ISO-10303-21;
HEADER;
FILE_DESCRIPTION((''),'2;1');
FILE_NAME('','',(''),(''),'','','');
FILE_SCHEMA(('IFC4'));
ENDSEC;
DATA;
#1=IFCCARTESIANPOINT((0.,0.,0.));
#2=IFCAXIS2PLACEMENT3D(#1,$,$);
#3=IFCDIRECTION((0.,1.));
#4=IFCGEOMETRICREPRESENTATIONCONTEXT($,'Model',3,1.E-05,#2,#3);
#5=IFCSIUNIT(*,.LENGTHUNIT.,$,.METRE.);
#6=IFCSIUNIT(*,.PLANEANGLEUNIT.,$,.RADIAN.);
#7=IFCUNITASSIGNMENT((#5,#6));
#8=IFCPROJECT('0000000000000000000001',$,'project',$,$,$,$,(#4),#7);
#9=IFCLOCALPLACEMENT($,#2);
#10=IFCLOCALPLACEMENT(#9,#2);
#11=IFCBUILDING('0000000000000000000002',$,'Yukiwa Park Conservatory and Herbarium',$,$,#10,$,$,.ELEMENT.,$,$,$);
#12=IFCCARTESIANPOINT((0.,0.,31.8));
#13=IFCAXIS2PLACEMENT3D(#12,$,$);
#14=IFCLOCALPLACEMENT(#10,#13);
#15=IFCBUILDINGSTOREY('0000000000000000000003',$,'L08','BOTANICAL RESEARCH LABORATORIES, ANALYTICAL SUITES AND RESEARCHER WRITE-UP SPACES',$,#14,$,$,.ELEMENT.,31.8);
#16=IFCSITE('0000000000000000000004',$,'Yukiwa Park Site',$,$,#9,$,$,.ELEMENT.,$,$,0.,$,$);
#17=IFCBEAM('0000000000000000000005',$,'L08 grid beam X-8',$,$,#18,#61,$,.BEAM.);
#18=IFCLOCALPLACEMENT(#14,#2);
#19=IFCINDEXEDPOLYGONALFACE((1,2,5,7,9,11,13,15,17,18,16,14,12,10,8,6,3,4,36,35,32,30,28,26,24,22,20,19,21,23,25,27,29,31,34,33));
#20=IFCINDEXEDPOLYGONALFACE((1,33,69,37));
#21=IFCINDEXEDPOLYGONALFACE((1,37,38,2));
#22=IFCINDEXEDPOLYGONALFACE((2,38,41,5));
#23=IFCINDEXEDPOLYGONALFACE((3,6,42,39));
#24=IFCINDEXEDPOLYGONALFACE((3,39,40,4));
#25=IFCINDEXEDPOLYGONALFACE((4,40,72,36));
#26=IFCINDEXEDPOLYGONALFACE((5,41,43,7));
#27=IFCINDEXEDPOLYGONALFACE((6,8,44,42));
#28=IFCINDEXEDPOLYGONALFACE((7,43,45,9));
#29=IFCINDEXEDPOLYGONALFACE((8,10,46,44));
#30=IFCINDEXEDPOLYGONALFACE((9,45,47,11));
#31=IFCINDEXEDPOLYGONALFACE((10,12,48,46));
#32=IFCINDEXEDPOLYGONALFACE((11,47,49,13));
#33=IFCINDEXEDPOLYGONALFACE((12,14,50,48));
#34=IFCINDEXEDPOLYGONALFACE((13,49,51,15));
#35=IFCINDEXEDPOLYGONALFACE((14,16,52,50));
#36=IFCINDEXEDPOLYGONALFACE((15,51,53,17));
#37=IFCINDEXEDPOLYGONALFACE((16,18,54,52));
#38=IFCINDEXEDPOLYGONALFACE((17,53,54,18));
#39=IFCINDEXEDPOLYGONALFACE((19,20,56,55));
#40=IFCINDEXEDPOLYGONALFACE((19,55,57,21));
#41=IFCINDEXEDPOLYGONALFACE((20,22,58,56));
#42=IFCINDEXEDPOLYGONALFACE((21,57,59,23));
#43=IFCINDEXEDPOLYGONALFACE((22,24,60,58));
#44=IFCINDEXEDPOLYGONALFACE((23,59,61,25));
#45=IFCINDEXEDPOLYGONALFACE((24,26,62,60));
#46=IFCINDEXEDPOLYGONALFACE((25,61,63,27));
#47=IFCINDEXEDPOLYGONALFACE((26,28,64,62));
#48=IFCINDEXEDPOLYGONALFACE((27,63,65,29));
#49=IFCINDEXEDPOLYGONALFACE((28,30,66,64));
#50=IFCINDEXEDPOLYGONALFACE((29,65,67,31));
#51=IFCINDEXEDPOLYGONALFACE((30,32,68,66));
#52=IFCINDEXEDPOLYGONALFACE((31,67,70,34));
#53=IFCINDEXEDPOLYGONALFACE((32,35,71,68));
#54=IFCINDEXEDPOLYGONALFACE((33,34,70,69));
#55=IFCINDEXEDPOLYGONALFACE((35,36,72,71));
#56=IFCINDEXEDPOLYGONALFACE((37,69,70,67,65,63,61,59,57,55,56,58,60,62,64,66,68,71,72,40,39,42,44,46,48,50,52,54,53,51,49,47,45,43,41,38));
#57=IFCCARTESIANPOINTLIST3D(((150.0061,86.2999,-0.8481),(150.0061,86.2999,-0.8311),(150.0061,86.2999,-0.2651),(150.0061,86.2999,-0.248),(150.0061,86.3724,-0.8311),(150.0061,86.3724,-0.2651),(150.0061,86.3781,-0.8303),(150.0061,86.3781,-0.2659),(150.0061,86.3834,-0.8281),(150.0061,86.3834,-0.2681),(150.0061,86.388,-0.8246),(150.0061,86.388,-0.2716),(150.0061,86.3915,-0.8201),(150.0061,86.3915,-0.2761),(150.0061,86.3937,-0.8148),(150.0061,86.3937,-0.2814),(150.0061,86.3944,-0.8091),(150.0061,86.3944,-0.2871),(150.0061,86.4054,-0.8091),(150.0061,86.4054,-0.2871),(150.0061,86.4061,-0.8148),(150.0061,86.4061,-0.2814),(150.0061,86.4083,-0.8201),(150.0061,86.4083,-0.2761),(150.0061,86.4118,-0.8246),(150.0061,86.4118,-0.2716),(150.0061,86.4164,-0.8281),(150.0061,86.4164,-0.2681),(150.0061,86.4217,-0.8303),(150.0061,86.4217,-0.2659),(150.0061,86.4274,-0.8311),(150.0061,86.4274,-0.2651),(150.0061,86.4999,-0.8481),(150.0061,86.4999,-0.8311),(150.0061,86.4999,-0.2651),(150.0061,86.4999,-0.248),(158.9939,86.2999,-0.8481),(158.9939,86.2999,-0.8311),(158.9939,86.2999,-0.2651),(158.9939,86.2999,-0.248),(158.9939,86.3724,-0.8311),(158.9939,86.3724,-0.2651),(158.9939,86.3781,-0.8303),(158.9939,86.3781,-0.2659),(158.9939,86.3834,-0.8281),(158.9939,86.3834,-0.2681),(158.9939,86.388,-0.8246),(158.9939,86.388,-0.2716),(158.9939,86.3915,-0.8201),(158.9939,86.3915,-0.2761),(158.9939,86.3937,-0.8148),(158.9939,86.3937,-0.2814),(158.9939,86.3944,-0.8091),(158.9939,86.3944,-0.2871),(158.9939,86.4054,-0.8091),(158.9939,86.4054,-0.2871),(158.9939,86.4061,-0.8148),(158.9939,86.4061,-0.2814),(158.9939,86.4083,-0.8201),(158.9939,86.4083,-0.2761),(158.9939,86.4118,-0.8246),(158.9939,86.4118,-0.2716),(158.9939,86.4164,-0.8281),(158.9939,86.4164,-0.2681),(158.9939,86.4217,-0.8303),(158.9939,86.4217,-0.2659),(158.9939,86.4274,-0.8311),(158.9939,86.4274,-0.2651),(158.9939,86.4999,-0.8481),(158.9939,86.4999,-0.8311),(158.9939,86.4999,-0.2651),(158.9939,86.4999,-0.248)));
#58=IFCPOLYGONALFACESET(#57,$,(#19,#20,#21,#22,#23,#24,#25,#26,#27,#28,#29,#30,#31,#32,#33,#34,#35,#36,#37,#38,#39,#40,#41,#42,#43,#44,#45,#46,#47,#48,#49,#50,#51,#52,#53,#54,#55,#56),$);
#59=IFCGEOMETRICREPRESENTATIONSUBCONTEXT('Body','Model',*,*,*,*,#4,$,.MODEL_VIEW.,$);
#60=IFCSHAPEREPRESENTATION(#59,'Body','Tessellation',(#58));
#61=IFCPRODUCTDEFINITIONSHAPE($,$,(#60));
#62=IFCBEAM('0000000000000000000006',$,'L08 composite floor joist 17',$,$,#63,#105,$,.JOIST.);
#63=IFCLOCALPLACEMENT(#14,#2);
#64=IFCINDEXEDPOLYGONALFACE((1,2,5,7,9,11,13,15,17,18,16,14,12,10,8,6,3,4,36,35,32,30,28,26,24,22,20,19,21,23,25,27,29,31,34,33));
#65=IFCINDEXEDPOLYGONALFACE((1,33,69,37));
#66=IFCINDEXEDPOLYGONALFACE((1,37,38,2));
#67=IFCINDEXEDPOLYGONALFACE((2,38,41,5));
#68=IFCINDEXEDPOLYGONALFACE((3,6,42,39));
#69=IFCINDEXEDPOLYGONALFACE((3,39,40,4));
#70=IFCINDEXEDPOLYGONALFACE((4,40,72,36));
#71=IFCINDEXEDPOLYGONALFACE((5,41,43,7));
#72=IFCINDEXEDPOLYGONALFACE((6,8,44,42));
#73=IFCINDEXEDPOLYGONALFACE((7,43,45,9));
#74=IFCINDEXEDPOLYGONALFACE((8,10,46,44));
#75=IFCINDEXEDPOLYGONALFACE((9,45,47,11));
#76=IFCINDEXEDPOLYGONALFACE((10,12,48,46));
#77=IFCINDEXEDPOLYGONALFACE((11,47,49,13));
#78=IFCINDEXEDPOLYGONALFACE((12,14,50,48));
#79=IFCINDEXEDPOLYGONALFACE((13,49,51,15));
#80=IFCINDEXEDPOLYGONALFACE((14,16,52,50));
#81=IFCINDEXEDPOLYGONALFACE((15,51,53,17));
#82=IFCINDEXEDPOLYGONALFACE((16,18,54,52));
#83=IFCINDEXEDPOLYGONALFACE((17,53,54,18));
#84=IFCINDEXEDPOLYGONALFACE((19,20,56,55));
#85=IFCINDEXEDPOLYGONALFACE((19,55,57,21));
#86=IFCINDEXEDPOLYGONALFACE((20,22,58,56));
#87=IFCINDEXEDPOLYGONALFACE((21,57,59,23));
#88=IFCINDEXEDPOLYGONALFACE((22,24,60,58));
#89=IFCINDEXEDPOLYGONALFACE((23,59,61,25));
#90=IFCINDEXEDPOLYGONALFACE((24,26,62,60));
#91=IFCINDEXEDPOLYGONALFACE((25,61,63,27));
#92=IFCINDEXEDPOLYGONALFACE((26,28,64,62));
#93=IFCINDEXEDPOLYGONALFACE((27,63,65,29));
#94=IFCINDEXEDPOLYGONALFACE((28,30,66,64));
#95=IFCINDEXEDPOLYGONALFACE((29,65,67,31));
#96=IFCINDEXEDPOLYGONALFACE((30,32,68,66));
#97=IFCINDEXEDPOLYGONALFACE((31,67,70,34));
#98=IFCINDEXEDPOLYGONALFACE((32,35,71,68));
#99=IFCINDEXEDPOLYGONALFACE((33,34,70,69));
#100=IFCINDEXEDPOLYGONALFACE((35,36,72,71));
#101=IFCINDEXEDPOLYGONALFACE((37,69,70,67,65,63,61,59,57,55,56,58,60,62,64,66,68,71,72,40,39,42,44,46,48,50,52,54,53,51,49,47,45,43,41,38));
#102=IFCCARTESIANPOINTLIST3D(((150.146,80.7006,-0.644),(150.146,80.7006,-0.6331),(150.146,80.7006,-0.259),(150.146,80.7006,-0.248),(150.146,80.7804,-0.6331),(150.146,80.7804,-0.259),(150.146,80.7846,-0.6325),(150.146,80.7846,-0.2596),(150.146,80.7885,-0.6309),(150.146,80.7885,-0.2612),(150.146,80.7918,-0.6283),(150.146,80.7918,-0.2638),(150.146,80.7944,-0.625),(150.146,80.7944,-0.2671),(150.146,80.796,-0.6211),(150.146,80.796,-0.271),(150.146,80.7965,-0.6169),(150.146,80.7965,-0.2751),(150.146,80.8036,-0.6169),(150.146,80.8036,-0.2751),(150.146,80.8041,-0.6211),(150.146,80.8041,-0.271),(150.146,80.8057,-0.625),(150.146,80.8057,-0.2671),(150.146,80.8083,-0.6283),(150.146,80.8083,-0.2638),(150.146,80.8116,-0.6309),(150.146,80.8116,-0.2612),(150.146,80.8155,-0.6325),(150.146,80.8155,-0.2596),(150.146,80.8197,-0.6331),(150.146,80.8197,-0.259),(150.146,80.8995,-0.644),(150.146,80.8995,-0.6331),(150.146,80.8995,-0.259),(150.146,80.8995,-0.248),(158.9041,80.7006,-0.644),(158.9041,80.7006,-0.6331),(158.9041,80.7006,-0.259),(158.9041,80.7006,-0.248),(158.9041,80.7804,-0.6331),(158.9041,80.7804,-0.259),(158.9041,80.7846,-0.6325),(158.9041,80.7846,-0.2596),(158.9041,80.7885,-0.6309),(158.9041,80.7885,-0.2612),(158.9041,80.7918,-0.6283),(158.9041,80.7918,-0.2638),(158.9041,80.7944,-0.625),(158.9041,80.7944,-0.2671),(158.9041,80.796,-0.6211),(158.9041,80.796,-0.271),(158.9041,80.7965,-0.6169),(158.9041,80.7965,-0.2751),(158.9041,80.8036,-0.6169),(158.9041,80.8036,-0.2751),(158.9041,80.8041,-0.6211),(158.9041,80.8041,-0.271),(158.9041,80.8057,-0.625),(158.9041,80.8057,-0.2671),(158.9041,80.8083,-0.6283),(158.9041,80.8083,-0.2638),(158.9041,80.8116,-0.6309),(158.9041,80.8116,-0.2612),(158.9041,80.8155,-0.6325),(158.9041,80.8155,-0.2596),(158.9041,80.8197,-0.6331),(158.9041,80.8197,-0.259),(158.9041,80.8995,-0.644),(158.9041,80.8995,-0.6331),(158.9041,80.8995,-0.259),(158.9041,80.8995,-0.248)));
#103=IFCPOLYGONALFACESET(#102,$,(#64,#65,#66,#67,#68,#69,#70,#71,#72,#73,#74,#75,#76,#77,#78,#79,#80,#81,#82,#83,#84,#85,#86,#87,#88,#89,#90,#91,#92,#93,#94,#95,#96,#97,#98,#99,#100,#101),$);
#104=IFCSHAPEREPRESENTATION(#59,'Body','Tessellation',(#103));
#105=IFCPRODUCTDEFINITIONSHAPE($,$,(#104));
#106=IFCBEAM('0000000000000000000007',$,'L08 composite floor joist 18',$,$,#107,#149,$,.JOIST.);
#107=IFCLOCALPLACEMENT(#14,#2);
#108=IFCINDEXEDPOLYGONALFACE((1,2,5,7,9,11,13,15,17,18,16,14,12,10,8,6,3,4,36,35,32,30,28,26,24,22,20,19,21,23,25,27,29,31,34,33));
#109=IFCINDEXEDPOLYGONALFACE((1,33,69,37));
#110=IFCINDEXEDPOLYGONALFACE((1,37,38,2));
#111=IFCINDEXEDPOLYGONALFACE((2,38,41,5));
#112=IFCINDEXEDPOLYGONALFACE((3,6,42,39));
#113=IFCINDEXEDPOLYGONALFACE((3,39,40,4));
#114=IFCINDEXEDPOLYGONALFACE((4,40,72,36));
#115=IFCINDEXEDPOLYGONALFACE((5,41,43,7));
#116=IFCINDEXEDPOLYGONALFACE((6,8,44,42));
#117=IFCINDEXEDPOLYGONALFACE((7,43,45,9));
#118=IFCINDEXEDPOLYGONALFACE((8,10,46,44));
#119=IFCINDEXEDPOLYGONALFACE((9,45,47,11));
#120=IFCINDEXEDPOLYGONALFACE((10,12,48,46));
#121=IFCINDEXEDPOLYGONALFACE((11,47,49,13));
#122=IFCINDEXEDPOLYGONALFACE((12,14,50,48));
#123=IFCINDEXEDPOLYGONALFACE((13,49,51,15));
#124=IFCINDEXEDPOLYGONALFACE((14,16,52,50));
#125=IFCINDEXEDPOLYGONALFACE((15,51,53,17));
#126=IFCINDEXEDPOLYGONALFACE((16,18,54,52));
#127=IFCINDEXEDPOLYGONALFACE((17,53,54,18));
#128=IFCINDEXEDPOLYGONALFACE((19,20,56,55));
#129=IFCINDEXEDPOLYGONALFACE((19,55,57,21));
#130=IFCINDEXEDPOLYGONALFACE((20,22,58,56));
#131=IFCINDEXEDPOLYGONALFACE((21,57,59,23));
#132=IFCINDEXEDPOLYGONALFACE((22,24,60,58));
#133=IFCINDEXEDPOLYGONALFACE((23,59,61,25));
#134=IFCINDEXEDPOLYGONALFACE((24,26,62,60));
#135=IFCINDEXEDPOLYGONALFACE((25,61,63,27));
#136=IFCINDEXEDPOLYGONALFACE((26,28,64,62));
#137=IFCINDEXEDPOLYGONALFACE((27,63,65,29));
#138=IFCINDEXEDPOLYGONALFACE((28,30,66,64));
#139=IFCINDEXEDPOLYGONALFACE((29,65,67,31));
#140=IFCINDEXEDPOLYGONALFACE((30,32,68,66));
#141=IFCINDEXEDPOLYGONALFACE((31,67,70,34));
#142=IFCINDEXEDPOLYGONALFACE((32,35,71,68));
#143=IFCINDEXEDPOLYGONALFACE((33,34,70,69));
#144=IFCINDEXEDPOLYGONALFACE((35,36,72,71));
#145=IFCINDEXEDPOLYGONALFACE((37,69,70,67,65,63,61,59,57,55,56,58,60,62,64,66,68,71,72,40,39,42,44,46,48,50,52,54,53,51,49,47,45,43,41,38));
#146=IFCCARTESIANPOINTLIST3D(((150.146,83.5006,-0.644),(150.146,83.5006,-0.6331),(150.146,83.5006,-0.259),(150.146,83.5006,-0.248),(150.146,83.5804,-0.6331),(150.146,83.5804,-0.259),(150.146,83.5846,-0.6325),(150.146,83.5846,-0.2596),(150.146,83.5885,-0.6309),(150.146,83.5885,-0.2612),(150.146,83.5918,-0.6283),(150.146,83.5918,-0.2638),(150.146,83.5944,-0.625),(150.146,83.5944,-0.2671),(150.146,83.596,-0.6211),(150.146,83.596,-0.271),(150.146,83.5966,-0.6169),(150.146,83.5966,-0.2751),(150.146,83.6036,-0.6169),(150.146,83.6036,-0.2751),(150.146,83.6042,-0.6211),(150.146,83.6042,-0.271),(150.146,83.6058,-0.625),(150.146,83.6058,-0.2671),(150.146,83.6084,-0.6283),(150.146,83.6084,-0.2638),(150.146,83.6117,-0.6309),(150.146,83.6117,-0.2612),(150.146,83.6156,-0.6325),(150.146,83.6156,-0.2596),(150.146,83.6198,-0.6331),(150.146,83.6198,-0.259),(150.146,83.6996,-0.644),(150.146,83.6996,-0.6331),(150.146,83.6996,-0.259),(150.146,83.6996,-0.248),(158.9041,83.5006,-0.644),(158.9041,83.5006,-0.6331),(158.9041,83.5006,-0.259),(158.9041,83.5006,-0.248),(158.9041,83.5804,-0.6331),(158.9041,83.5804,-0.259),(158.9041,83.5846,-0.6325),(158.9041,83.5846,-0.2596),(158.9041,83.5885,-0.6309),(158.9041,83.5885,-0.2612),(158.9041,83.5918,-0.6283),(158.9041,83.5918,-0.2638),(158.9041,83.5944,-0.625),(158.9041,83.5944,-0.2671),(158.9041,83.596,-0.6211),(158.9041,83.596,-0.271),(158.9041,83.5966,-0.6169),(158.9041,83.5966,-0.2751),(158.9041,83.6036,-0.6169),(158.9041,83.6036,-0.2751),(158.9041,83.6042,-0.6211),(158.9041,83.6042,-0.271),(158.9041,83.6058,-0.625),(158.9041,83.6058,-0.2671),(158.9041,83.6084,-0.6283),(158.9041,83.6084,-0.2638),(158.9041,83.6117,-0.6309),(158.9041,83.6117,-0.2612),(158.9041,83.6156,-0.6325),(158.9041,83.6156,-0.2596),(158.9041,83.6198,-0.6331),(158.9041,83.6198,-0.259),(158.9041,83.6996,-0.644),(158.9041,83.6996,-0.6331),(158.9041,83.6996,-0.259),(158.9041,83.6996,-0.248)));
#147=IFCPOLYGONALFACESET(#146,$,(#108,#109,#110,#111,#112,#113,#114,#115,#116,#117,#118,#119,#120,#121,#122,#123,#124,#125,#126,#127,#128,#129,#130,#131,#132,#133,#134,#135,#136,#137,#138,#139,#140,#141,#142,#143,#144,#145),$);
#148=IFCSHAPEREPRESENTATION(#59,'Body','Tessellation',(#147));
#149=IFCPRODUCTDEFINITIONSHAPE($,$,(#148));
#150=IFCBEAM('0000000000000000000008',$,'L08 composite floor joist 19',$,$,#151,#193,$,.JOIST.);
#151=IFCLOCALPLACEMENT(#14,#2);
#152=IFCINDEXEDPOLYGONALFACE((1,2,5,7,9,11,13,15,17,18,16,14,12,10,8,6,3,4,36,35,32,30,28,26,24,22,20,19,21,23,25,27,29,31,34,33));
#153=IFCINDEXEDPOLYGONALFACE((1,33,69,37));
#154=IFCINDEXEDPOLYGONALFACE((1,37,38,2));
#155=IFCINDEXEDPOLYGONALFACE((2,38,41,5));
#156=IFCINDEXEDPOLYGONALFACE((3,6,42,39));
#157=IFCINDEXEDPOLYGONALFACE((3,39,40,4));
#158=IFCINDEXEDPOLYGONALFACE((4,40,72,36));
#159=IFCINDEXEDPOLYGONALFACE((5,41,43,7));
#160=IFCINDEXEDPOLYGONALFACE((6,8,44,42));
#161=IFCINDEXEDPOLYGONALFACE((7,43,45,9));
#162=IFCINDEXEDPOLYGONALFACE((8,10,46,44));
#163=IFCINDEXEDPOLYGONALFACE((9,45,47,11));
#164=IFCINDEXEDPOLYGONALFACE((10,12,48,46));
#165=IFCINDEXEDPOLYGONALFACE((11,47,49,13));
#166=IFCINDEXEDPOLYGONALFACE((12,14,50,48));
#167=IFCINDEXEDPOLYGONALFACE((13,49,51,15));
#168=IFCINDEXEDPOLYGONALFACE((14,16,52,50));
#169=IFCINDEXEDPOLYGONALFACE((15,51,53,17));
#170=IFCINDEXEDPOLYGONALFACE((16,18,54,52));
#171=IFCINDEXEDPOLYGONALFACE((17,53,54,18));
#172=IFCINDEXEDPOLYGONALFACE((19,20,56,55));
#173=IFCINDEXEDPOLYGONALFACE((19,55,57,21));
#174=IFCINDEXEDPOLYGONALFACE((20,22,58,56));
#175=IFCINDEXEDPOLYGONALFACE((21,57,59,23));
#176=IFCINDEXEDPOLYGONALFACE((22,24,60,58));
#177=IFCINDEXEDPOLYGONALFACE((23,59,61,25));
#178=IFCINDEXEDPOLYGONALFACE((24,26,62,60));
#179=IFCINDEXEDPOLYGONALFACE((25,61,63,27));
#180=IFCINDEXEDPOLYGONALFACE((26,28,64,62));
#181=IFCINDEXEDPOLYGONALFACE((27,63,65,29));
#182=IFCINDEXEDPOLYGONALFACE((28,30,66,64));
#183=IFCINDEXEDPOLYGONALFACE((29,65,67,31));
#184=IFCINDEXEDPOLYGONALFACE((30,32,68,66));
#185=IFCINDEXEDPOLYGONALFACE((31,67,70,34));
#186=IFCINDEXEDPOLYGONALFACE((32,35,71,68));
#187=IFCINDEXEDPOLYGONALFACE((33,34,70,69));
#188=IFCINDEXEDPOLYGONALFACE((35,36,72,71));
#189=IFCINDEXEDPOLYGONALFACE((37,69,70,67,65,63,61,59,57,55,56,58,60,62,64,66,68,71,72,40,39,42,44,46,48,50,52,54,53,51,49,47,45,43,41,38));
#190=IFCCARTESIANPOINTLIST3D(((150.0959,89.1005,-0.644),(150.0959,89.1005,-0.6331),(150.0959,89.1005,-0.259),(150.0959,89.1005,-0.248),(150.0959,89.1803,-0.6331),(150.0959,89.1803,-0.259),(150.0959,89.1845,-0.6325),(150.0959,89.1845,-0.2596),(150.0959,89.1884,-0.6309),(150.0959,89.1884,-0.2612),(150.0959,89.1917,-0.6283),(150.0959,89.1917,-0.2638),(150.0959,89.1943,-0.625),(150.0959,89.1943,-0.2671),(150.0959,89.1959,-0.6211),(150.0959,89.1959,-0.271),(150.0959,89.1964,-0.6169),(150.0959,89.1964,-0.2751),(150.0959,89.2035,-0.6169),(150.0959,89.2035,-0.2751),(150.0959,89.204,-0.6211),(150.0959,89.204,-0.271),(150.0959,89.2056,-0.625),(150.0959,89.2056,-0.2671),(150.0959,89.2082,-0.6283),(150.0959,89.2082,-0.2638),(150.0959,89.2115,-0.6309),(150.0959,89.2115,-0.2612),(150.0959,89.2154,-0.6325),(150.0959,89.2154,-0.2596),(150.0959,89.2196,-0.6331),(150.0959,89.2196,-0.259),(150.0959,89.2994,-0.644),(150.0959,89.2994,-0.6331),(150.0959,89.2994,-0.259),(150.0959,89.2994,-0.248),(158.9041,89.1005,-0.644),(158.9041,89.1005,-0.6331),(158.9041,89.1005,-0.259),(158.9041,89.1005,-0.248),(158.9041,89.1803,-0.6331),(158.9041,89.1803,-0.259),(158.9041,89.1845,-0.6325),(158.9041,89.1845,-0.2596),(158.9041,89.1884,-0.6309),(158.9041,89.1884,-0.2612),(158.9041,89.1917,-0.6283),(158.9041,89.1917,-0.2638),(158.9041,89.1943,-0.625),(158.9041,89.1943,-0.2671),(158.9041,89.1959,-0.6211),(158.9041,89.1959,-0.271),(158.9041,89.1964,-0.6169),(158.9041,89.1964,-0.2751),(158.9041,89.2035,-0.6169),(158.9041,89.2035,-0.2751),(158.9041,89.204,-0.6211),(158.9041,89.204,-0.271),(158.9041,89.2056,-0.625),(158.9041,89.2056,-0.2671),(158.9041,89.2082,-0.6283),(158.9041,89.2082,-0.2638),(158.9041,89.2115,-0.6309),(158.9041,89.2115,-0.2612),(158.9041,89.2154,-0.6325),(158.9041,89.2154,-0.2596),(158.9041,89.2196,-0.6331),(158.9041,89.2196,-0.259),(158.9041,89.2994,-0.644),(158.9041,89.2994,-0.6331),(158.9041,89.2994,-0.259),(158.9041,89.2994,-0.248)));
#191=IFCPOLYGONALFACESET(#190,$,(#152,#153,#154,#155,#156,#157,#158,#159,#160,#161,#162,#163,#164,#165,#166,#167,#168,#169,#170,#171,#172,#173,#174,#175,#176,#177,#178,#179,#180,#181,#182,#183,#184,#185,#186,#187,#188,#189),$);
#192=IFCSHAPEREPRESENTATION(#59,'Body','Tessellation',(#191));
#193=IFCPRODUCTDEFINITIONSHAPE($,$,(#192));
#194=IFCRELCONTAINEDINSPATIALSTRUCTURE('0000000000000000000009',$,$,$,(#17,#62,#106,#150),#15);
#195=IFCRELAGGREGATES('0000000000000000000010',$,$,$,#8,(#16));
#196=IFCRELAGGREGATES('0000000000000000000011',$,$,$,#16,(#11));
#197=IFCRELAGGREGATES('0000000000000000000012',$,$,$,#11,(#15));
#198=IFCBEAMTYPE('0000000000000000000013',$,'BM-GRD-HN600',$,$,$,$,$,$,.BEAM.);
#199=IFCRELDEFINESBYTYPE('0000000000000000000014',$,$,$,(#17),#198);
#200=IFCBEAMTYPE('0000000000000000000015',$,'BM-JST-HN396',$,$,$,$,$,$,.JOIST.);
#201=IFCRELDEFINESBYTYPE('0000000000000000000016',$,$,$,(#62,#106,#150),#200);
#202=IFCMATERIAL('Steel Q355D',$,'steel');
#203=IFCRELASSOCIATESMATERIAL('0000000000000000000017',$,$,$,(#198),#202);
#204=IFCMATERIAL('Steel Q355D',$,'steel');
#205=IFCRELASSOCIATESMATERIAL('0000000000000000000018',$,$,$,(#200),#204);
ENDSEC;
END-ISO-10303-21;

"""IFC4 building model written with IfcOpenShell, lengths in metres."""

from ifc_helpers import new_model, si_unit, direction, frame, origin, origin_2d, place, context, subcontext, project, spatial, i_section, extrude, material, material_profile, profile_set, type_object, element, save


model = new_model("IFC4")

# Units and contexts
model_context = context("Model", 3, precision=1e-05, world=origin(), true_north=direction((0.0, 1.0)))
body_context = subcontext(model_context, "Body", "Model", "MODEL_VIEW")
ifc_project = project(units=[si_unit("LENGTHUNIT", "METRE"), si_unit("PLANEANGLEUNIT", "RADIAN")], contexts=[model_context])

# Site, building, storey
site_placement = place(None, origin())
site = spatial("IfcSite", under=ifc_project, at=site_placement, Name="Yukiwa Park Site", CompositionType="ELEMENT", RefElevation=0.0)
building_placement = place(site_placement, origin())
building = spatial("IfcBuilding", under=site, at=building_placement, Name="Yukiwa Park Conservatory and Herbarium", CompositionType="ELEMENT")
storey_placement = place(building_placement, frame((0.0, 0.0, 31.8)))
storey = spatial("IfcBuildingStorey", under=building, at=storey_placement, Name="L08", Description="BOTANICAL RESEARCH LABORATORIES, ANALYTICAL SUITES AND RESEARCHER WRITE-UP SPACES", CompositionType="ELEMENT", Elevation=31.8)

# Beams
ifc_material_1 = material(Name="Steel Q355D", Category="steel")
ifc_material_profile_1 = material_profile(ifc_material_1, i_section(OverallWidth=0.2, OverallDepth=0.6001, WebThickness=0.011, FlangeThickness=0.0171, FilletRadius=0.022, at=origin_2d()), Name="HN 600x200x11x17")
ifc_profile_set_1 = profile_set([ifc_material_profile_1], Name="Steel Q355D")
beam_type_1 = type_object("IfcBeamType", Name="BM-GRD-HN600", PredefinedType="BEAM", material=ifc_profile_set_1)
beam_1_placement = place(storey_placement, frame((150.0061, 86.3999, -0.5481), z_axis=(1.0, 0.0, 0.0), x_axis=(0.0, 1.0, 0.0)))
element("IfcBeam", 1, at=beam_1_placement, inside=storey, type_object=beam_type_1, Name="L08 grid beam X-8", PredefinedType="BEAM", context=body_context, shape_type="SweptSolid", body=[
    extrude(i_section(OverallWidth=0.2, OverallDepth=0.6001, WebThickness=0.011, FlangeThickness=0.0171, FilletRadius=0.022, at=origin_2d()), origin(), (0.0, 0.0, 1.0), 8.9878),
])
ifc_material_2 = material(Name="Steel Q355D", Category="steel")
ifc_material_profile_2 = material_profile(ifc_material_2, i_section(OverallWidth=0.199, OverallDepth=0.396, WebThickness=0.0071, FlangeThickness=0.011, FilletRadius=0.0161, at=origin_2d()), Name="HN 396x199x7x11")
ifc_profile_set_2 = profile_set([ifc_material_profile_2], Name="Steel Q355D")
beam_type_2 = type_object("IfcBeamType", Name="BM-JST-HN396", PredefinedType="JOIST", material=ifc_profile_set_2)
for number, where, z_axis, x_axis, name in (
    (2, (150.146, 80.8, -0.446), (1.0, 0.0, 0.0), (0.0, 1.0, 0.0), "L08 composite floor joist 17"),
    (3, (150.146, 83.6001, -0.446), (1.0, 0.0, 0.0), (0.0, 1.0, 0.0), "L08 composite floor joist 18"),
):
    element("IfcBeam", number, at=place(storey_placement, frame(where, z_axis=z_axis, x_axis=x_axis)), inside=storey, type_object=beam_type_2, Name=name, PredefinedType="JOIST", context=body_context, shape_type="SweptSolid", body=[
        extrude(i_section(OverallWidth=0.199, OverallDepth=0.396, WebThickness=0.0071, FlangeThickness=0.011, FilletRadius=0.0161, at=origin_2d()), origin(), (0.0, 0.0, 1.0), 8.7581),
    ])
for number, where, z_axis, x_axis, name in (
    (4, (150.0959, 89.2, -0.446), (1.0, 0.0, 0.0), (0.0, 1.0, 0.0), "L08 composite floor joist 19"),
):
    element("IfcBeam", number, at=place(storey_placement, frame(where, z_axis=z_axis, x_axis=x_axis)), inside=storey, type_object=beam_type_2, Name=name, PredefinedType="JOIST", context=body_context, shape_type="SweptSolid", body=[
        extrude(i_section(OverallWidth=0.199, OverallDepth=0.396, WebThickness=0.0071, FlangeThickness=0.011, FilletRadius=0.0161, at=origin_2d()), origin(), (0.0, 0.0, 1.0), 8.8081),
    ])

save(model, "model.ifc")
